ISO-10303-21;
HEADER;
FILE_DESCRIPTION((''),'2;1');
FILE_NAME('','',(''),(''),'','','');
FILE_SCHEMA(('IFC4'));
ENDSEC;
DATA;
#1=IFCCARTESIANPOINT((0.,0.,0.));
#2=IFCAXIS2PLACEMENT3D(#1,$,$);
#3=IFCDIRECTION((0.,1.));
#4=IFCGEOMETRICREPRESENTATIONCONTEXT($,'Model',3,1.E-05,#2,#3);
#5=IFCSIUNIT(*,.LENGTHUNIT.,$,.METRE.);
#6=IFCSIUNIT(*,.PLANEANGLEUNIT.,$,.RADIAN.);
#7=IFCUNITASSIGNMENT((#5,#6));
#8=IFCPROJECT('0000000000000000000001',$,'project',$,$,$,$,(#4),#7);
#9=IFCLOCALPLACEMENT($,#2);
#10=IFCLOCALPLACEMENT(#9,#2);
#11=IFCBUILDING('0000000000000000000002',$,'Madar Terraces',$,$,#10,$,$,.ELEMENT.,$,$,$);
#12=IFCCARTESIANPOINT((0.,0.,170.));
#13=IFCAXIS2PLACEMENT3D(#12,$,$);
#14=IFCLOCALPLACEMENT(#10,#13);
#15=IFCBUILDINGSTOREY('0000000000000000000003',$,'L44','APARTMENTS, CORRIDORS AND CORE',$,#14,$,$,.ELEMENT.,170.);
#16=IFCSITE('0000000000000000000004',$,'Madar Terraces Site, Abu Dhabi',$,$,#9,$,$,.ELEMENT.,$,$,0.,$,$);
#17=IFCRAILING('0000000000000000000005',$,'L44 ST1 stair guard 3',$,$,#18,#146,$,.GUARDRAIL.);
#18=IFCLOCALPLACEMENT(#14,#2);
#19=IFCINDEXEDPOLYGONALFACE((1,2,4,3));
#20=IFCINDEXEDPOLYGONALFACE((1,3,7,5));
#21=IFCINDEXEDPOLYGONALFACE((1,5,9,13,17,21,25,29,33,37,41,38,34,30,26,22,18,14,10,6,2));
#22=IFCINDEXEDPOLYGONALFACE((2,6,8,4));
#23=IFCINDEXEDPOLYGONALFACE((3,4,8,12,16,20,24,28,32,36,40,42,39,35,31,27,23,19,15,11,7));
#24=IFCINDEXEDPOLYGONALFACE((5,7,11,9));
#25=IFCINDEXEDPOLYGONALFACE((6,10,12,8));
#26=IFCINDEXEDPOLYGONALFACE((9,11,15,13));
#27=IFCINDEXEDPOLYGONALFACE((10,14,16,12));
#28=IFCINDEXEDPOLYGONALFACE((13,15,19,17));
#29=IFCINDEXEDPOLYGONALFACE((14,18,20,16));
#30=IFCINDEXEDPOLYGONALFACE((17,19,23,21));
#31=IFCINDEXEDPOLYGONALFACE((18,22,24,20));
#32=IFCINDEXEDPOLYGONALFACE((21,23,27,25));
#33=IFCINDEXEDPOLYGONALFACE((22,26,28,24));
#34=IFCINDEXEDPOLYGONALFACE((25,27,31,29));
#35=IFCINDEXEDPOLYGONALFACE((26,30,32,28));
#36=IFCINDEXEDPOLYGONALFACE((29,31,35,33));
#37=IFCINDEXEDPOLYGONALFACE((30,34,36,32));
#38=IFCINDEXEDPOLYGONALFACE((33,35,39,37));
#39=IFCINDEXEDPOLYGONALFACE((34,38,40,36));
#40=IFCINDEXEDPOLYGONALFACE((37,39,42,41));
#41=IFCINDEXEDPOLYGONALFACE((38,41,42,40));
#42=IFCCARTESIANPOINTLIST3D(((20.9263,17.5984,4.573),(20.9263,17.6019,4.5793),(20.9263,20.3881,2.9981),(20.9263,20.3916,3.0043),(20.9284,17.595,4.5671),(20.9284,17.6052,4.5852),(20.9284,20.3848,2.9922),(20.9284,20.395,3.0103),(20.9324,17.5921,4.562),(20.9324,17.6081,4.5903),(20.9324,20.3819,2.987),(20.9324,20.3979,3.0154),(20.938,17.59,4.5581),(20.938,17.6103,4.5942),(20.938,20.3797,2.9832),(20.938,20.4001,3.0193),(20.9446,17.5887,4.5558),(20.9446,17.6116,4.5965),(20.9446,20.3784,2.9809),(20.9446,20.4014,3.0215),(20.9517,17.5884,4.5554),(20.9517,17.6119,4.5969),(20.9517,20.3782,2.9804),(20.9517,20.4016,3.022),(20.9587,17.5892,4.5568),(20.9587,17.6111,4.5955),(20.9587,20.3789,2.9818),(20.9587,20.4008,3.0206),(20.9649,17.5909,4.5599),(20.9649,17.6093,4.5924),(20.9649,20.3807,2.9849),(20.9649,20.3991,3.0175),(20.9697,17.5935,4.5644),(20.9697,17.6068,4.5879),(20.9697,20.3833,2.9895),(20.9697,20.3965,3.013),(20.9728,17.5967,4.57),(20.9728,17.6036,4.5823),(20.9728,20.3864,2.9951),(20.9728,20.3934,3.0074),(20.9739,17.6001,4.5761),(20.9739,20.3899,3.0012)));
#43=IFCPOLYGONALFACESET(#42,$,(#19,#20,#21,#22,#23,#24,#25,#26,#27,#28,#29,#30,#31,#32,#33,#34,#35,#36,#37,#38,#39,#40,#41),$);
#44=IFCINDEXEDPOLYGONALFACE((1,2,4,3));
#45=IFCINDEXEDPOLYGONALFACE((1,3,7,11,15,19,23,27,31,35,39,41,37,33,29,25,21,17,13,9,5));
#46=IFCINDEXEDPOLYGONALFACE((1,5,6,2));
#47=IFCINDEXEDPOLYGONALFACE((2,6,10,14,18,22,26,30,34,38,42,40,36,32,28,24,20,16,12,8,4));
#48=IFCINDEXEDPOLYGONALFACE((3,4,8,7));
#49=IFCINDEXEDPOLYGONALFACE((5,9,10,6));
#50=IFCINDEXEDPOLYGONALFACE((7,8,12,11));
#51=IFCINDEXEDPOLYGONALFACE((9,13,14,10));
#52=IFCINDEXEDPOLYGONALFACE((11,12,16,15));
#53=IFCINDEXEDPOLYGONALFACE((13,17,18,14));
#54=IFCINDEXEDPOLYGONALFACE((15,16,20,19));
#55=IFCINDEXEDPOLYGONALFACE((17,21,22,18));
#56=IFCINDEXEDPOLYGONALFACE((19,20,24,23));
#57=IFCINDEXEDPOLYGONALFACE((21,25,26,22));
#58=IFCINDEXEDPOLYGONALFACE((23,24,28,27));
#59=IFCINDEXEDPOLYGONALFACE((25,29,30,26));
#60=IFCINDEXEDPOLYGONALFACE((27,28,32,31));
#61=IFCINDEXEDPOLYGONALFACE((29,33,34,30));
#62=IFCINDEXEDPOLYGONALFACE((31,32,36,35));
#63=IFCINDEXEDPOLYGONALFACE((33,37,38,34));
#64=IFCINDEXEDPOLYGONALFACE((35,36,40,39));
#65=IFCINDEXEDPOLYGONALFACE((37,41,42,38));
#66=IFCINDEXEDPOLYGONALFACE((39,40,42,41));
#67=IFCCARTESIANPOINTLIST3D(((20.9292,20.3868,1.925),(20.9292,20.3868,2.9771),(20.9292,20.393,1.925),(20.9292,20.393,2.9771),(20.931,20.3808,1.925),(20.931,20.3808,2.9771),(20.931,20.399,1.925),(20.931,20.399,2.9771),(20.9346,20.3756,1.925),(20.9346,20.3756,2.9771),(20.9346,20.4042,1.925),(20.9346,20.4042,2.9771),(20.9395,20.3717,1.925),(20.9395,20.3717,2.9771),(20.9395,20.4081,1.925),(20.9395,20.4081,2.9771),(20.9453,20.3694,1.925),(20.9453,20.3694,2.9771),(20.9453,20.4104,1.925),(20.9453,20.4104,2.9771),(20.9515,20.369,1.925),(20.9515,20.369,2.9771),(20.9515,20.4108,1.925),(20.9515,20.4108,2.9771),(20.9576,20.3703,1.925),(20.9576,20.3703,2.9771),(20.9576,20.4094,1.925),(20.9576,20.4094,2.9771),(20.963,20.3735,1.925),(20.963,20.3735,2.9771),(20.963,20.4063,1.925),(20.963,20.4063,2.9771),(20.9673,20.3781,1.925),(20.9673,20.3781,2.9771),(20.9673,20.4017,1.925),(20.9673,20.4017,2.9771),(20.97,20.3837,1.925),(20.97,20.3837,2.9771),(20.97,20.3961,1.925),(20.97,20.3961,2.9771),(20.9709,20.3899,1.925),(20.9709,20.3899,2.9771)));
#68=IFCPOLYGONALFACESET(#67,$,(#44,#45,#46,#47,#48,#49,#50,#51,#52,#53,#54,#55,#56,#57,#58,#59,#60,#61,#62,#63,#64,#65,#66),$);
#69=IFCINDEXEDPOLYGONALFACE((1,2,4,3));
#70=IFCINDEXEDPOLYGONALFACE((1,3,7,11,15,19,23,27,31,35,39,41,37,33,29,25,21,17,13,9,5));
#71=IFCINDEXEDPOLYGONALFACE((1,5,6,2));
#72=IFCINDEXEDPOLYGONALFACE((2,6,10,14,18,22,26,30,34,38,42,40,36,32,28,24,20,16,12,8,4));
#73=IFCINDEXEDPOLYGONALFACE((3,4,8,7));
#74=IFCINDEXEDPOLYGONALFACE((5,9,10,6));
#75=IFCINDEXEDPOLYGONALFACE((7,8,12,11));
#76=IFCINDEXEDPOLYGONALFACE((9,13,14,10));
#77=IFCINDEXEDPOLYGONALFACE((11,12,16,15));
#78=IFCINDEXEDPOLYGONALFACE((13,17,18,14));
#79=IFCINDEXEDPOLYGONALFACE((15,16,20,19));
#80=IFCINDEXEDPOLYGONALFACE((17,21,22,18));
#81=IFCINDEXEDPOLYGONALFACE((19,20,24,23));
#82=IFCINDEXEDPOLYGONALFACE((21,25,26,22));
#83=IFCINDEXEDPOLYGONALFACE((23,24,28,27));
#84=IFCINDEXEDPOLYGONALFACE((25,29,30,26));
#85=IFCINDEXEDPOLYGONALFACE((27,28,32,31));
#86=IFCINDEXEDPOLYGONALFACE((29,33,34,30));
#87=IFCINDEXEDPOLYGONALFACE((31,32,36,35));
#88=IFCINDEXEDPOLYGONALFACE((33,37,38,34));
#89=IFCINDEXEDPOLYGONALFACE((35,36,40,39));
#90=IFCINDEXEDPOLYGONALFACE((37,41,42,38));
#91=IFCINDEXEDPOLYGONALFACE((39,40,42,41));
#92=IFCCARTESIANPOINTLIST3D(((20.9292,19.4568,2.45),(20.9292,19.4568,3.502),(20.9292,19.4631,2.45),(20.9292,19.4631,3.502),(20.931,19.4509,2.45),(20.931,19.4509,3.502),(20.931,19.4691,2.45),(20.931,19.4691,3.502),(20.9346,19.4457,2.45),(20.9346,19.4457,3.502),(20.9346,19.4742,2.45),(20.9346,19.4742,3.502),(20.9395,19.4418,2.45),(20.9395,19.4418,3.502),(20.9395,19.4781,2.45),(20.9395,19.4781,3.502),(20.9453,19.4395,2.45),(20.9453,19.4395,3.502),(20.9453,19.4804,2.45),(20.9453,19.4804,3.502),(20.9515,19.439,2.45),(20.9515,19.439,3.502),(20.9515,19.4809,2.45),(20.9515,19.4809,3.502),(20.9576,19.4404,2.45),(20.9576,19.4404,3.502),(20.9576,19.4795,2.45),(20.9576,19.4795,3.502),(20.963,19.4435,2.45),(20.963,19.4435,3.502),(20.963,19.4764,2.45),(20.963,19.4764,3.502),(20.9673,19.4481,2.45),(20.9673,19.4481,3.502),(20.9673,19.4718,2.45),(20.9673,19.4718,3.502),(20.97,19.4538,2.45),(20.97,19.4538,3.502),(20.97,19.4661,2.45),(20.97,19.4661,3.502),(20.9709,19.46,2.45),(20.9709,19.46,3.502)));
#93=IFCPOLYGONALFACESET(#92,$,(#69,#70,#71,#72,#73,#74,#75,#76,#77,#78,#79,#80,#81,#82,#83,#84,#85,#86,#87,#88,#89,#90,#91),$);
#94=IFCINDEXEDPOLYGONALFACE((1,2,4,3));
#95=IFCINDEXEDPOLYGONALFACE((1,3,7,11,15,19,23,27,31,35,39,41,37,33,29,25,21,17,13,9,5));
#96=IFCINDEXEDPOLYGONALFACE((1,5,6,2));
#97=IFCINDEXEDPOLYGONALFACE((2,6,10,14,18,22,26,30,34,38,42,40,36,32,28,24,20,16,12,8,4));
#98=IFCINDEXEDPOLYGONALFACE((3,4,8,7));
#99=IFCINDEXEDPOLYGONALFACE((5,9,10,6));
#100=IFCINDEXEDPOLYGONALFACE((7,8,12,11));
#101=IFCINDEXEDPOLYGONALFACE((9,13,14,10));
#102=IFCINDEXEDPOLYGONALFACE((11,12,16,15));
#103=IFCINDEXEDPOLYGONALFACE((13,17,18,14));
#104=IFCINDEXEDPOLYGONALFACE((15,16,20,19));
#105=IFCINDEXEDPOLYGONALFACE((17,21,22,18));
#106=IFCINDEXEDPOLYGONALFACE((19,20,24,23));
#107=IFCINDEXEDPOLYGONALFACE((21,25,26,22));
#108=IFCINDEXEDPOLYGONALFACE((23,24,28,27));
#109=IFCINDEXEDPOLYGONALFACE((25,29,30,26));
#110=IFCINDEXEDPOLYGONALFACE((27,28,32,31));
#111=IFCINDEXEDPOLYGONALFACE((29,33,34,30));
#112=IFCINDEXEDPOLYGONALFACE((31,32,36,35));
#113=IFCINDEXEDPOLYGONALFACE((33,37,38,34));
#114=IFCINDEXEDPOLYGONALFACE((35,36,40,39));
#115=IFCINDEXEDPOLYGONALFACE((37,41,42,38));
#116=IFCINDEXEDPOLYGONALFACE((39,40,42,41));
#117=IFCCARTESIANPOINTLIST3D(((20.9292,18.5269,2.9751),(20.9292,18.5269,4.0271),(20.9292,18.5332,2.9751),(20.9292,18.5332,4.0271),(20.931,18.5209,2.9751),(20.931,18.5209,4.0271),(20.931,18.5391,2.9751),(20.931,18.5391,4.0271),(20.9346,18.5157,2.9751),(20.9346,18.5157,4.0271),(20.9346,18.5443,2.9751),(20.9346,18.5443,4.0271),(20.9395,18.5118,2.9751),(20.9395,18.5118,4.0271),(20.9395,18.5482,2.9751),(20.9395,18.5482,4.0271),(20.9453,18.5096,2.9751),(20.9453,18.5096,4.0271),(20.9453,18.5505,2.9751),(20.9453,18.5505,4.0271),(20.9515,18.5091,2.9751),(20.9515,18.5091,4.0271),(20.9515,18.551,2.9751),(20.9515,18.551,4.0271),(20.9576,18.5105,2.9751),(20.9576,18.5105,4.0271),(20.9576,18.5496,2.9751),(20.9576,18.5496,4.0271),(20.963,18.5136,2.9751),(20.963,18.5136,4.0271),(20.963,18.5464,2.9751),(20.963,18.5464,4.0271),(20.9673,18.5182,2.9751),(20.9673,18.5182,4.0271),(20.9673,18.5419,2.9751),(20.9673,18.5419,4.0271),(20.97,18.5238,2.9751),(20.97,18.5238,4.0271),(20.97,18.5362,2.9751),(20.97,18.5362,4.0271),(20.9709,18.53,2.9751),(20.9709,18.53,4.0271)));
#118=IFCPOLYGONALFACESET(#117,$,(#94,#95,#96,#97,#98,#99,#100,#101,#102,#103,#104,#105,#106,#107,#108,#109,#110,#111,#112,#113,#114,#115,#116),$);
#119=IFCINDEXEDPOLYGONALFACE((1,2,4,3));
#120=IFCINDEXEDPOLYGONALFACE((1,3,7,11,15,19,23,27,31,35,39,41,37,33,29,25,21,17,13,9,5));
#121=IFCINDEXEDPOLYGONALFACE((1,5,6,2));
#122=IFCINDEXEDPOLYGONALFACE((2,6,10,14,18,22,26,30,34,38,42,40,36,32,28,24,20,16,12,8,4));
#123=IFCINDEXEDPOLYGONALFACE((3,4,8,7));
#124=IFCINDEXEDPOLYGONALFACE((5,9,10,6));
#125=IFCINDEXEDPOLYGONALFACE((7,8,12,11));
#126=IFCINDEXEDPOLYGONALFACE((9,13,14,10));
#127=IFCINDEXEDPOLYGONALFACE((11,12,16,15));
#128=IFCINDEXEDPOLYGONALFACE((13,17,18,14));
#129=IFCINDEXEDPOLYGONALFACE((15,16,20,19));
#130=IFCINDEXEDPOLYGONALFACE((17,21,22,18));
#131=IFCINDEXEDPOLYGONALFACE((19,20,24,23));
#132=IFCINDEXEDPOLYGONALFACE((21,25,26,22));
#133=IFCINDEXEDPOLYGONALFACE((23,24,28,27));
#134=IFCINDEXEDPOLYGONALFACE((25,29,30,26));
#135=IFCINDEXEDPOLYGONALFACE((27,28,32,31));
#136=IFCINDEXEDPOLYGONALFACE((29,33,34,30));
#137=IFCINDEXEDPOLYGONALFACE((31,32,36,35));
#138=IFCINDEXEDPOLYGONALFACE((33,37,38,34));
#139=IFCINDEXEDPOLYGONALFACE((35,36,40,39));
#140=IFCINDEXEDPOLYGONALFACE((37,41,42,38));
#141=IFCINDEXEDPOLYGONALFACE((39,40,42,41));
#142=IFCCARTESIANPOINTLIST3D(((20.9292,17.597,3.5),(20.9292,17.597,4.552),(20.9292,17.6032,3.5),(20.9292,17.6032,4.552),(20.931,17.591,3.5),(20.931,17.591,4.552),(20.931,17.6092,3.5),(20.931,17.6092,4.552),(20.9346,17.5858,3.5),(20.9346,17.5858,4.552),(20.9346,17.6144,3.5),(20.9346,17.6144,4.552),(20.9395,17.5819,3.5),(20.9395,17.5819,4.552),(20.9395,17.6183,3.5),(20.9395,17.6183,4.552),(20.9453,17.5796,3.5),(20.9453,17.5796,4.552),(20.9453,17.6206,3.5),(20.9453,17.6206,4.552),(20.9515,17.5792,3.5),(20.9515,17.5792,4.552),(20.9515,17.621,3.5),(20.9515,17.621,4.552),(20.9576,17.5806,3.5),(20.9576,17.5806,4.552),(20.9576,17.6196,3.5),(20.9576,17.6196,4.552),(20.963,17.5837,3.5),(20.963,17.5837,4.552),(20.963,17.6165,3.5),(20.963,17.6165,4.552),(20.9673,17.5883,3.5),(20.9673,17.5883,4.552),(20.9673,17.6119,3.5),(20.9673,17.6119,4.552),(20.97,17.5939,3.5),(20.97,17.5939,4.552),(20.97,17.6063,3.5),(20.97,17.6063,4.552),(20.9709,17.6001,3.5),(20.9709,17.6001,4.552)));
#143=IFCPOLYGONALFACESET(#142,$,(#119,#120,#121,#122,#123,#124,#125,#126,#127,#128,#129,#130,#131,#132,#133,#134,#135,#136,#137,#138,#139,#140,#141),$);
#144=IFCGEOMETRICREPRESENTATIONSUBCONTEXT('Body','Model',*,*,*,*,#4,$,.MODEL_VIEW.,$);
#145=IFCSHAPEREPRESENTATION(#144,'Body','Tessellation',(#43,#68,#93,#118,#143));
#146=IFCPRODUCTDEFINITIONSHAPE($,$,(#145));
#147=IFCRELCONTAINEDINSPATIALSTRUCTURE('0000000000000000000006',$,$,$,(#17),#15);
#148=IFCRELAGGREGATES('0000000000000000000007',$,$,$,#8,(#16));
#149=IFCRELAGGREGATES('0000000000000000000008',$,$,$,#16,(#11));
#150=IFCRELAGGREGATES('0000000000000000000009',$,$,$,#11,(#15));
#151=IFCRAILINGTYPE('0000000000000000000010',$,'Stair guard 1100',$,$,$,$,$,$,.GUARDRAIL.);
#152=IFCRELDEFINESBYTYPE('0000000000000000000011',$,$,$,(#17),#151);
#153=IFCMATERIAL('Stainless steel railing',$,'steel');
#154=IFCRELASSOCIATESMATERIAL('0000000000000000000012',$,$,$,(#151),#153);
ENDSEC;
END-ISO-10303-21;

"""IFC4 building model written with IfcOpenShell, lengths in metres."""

from ifc_helpers import new_model, si_unit, direction, frame, origin, origin_2d, place, context, subcontext, project, spatial, circle, extrude, material, type_object, element, save


model = new_model("IFC4")

# Units and contexts
model_context = context("Model", 3, precision=1e-05, world=origin(), true_north=direction((0.0, 1.0)))
body_context = subcontext(model_context, "Body", "Model", "MODEL_VIEW")
ifc_project = project(units=[si_unit("LENGTHUNIT", "METRE"), si_unit("PLANEANGLEUNIT", "RADIAN")], contexts=[model_context])

# Site, building, storey
site_placement = place(None, origin())
site = spatial("IfcSite", under=ifc_project, at=site_placement, Name="Madar Terraces Site, Abu Dhabi", CompositionType="ELEMENT", RefElevation=0.0)
building_placement = place(site_placement, origin())
building = spatial("IfcBuilding", under=site, at=building_placement, Name="Madar Terraces", CompositionType="ELEMENT")
storey_placement = place(building_placement, frame((0.0, 0.0, 170.0)))
storey = spatial("IfcBuildingStorey", under=building, at=storey_placement, Name="L44", Description="APARTMENTS, CORRIDORS AND CORE", CompositionType="ELEMENT", Elevation=170.0)

# Railing
ifc_material_1 = material(Name="Stainless steel railing", Category="steel")
railing_type_1 = type_object("IfcRailingType", Name="Stair guard 1100", PredefinedType="GUARDRAIL", material=ifc_material_1)
railing_1_placement = place(storey_placement, frame((20.95, 20.3899, 1.925)))
element("IfcRailing", 1, at=railing_1_placement, inside=storey, type_object=railing_type_1, Name="L44 ST1 stair guard 3", PredefinedType="GUARDRAIL", context=body_context, shape_type="SweptSolid", body=[
    extrude(circle(Radius=0.0239, at=origin_2d()), frame((0.0, 0.0, 1.0762), z_axis=(0.0, -0.870815, 0.49161), x_axis=(1.0, 0.0, 0.0)), (0.0, 0.0, 1.0), 3.2036),
    extrude(circle(Radius=0.021, at=origin_2d()), origin(), (0.0, 0.0, 1.0), 1.052),
    extrude(circle(Radius=0.021, at=origin_2d()), frame((0.0, -0.9299, 0.5249)), (0.0, 0.0, 1.0), 1.052),
    extrude(circle(Radius=0.021, at=origin_2d()), frame((0.0, -1.8599, 1.05)), (0.0, 0.0, 1.0), 1.052),
    extrude(circle(Radius=0.021, at=origin_2d()), frame((0.0, -2.7898, 1.575)), (0.0, 0.0, 1.0), 1.052),
])

save(model, "model.ifc")
